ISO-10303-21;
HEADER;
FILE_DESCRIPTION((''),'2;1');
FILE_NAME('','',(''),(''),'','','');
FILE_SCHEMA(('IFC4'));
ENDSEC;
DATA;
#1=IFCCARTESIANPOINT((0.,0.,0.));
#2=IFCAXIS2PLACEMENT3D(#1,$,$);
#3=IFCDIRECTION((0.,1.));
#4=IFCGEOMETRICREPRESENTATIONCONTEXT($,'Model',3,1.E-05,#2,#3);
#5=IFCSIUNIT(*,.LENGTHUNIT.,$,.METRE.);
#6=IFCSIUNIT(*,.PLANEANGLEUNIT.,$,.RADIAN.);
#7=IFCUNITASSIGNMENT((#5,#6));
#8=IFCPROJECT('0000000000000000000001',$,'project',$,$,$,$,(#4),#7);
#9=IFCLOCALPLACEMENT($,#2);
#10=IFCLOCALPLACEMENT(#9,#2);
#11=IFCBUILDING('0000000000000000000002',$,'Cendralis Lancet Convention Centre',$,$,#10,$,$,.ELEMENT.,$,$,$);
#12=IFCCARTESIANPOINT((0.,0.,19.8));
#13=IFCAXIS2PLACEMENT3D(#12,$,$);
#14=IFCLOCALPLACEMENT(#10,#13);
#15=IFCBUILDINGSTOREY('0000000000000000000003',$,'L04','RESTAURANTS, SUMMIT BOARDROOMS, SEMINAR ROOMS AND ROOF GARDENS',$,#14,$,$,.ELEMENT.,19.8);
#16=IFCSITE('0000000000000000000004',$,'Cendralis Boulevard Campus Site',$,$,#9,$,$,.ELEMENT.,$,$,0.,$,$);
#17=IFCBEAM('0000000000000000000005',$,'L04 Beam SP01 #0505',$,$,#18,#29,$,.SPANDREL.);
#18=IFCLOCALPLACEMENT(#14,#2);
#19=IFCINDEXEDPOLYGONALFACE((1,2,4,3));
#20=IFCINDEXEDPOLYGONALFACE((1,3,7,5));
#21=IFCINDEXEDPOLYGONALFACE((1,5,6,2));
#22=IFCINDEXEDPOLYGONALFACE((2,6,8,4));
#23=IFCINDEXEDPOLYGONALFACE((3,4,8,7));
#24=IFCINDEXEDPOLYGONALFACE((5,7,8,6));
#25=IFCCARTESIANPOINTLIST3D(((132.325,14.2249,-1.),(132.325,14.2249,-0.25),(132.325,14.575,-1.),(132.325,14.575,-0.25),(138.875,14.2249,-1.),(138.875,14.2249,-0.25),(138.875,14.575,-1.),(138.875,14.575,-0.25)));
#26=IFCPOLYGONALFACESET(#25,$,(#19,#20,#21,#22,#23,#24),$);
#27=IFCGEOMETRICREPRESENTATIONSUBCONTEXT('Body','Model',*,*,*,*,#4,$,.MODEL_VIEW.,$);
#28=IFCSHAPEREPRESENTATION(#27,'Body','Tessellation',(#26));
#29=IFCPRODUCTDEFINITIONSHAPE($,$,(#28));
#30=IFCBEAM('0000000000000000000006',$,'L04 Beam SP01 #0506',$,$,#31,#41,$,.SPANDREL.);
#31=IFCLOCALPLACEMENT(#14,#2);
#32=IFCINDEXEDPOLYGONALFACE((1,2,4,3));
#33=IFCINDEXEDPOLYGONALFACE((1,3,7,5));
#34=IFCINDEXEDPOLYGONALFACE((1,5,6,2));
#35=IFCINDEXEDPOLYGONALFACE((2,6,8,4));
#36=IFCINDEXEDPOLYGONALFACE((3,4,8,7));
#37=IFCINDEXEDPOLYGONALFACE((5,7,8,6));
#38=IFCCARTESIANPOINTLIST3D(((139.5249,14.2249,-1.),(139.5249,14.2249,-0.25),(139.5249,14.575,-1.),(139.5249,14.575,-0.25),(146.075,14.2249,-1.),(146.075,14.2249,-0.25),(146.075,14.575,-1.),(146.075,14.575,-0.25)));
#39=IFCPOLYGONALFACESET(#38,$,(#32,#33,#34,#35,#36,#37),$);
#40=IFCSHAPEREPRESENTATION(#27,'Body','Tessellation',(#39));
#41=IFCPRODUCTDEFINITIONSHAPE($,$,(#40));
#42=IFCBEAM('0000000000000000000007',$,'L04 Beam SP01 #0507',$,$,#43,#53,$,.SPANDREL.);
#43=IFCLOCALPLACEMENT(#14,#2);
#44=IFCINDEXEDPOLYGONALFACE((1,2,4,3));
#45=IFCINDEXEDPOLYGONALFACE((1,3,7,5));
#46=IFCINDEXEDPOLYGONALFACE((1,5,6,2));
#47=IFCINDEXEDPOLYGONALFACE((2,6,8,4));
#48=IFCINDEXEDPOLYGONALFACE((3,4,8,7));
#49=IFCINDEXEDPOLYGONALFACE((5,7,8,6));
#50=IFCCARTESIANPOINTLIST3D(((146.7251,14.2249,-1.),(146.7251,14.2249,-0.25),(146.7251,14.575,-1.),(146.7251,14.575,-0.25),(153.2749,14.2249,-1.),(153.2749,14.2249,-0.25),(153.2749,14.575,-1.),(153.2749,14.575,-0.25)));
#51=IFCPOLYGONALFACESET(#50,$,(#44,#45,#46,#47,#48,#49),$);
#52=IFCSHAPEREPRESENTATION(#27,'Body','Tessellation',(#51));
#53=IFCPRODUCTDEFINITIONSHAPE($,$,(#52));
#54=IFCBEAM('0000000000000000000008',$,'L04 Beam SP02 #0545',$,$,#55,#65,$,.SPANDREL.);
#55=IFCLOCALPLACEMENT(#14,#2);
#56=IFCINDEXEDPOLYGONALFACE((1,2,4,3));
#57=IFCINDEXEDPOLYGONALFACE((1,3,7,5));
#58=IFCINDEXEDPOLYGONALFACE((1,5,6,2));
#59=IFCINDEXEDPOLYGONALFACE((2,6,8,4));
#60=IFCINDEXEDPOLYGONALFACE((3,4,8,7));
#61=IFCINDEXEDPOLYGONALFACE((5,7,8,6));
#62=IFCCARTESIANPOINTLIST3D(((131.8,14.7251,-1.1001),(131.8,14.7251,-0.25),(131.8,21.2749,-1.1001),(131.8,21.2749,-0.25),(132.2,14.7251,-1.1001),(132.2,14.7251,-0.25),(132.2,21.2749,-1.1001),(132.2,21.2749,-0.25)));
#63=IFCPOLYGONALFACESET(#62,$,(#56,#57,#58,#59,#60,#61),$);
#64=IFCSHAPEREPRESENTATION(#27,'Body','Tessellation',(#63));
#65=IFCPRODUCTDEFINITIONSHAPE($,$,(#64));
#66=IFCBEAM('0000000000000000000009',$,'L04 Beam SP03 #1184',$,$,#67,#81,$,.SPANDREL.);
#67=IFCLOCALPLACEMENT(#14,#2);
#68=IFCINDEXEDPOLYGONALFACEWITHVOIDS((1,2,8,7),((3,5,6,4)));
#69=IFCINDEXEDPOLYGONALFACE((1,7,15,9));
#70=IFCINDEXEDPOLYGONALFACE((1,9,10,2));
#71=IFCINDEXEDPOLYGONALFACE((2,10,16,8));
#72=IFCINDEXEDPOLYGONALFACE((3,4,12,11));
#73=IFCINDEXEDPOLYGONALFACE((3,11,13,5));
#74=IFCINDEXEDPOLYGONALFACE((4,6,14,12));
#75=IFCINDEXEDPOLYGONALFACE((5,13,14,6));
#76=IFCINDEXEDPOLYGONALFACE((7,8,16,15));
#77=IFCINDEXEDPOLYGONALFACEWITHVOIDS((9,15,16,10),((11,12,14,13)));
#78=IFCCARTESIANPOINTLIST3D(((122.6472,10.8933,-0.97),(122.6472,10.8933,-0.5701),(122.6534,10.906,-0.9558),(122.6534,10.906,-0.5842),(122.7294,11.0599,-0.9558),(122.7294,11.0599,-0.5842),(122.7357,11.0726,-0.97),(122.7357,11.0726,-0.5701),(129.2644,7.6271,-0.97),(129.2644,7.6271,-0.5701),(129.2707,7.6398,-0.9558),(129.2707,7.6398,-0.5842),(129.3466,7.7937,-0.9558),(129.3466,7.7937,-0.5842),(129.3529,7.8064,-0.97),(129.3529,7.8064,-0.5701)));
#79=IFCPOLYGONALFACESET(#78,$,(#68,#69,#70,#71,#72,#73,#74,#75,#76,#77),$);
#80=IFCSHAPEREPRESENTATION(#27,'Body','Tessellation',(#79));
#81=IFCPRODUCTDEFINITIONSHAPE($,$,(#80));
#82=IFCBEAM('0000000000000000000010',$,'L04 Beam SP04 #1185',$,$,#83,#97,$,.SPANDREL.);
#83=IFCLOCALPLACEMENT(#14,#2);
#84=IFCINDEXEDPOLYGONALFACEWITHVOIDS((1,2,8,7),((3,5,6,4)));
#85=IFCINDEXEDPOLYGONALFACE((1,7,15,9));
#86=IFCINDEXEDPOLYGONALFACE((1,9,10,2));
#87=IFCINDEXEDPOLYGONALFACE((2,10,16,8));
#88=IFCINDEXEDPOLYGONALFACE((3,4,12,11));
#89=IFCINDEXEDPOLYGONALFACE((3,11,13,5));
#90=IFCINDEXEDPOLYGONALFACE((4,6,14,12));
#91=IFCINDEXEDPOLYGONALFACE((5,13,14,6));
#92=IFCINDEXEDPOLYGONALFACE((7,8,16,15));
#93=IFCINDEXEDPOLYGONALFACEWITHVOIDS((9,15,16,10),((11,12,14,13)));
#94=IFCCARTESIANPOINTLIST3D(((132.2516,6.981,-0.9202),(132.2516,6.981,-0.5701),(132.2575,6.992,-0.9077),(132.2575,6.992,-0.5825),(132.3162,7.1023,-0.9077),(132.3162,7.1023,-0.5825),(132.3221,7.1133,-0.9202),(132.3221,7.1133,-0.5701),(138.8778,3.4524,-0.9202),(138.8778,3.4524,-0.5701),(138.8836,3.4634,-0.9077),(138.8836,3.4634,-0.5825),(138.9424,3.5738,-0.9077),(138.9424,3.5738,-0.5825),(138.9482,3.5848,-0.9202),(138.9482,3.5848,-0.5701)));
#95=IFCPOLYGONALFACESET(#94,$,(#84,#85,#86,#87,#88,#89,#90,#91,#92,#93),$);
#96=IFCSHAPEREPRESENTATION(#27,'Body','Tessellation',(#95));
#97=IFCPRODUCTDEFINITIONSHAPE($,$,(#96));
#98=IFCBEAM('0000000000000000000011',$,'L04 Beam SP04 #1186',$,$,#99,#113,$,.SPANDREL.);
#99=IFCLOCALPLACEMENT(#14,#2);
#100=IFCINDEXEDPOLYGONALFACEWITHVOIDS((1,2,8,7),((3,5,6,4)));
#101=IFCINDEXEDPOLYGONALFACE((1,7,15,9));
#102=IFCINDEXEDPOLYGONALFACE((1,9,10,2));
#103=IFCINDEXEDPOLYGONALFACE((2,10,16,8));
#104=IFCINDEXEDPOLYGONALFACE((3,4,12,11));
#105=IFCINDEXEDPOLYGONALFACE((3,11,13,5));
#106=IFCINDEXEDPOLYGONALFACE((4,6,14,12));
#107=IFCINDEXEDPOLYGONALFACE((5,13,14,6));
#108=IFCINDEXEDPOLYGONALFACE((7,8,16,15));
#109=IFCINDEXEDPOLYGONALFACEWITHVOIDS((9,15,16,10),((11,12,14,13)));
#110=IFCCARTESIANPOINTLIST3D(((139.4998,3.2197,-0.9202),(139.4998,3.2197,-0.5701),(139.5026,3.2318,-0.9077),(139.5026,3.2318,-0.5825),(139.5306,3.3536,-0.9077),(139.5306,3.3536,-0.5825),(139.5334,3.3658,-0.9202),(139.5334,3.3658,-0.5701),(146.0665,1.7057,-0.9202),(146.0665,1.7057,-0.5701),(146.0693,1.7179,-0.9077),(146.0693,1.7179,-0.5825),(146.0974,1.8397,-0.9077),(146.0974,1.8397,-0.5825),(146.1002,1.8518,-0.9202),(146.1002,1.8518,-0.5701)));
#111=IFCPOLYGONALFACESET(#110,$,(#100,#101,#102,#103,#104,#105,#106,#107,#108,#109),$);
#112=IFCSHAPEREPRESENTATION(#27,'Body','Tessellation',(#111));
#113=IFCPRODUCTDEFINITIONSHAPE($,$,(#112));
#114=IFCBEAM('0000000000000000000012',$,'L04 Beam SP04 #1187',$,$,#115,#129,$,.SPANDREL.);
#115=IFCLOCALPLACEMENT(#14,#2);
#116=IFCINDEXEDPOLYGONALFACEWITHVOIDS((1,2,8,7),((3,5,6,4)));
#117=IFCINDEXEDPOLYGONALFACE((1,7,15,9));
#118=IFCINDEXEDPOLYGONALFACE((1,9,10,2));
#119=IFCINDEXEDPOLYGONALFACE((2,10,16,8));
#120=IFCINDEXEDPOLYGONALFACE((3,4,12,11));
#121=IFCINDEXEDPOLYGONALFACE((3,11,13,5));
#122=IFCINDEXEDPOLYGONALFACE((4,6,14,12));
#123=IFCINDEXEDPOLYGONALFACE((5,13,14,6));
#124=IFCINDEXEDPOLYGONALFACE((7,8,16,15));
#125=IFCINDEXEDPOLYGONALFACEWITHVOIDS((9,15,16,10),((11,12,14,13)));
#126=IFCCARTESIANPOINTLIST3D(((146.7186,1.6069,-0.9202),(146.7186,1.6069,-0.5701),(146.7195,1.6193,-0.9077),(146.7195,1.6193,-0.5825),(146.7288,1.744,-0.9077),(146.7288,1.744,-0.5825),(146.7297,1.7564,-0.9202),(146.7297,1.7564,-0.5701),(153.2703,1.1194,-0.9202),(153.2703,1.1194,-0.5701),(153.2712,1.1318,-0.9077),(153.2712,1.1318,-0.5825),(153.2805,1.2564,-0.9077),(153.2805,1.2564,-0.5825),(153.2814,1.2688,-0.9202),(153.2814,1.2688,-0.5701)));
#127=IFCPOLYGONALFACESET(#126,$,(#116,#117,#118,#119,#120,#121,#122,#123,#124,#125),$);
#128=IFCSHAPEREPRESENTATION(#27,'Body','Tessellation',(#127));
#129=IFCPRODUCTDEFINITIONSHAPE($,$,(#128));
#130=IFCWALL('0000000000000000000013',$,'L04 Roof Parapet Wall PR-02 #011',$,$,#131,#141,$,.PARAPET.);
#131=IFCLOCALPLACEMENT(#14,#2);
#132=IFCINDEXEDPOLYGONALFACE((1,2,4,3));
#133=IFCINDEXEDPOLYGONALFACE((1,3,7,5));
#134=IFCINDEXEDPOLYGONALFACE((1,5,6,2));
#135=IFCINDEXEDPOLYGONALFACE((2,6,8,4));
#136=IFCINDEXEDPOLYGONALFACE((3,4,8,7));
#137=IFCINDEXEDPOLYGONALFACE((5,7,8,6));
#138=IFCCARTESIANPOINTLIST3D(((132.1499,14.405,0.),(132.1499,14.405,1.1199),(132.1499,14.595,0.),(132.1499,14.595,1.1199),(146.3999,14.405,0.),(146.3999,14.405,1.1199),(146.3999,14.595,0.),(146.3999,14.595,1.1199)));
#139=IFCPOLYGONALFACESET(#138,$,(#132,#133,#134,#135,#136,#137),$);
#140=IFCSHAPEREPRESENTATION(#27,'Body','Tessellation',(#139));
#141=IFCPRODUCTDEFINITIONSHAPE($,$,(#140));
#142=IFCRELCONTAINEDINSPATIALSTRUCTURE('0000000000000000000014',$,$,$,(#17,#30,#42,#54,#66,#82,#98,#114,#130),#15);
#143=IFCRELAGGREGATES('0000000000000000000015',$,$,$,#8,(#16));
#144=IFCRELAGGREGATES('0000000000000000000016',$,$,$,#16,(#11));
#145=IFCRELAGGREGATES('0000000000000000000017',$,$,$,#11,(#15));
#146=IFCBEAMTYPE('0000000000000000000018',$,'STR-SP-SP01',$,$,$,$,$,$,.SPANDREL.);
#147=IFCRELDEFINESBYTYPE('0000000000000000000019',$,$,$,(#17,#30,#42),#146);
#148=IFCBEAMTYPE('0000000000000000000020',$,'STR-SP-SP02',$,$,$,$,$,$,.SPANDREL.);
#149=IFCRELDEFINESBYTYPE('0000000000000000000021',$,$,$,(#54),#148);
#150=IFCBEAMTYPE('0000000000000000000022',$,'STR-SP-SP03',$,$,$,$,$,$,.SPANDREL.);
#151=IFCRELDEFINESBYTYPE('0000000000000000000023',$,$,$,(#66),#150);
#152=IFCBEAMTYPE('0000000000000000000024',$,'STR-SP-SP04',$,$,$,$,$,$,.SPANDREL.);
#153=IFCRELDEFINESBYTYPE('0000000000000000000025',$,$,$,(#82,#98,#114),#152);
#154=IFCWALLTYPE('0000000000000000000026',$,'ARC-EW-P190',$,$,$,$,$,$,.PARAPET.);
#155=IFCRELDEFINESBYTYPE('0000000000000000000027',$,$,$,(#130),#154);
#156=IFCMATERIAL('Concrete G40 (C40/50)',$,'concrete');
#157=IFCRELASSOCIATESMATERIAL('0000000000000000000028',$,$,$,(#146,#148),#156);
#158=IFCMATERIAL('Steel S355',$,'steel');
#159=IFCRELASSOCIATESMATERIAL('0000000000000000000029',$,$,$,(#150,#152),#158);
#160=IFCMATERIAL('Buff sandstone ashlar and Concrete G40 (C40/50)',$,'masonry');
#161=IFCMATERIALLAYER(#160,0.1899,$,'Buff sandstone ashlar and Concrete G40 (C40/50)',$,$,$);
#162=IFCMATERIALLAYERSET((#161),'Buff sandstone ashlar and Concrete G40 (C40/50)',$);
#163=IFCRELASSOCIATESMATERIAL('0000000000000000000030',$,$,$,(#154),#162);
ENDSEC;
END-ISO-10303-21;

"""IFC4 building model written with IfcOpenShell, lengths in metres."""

from ifc_helpers import new_model, si_unit, direction, frame, frame_2d, origin, origin_2d, place, context, subcontext, project, spatial, rectangle, hollow_rectangle, extrude, material, layer, layer_set, material_profile, profile_set, type_object, element, save


model = new_model("IFC4")

# Units and contexts
model_context = context("Model", 3, precision=1e-05, world=origin(), true_north=direction((0.0, 1.0)))
body_context = subcontext(model_context, "Body", "Model", "MODEL_VIEW")
ifc_project = project(units=[si_unit("LENGTHUNIT", "METRE"), si_unit("PLANEANGLEUNIT", "RADIAN")], contexts=[model_context])

# Site, building, storey
site_placement = place(None, origin())
site = spatial("IfcSite", under=ifc_project, at=site_placement, Name="Cendralis Boulevard Campus Site", CompositionType="ELEMENT", RefElevation=0.0)
building_placement = place(site_placement, origin())
building = spatial("IfcBuilding", under=site, at=building_placement, Name="Cendralis Lancet Convention Centre", CompositionType="ELEMENT")
storey_placement = place(building_placement, frame((0.0, 0.0, 19.8)))
storey = spatial("IfcBuildingStorey", under=building, at=storey_placement, Name="L04", Description="RESTAURANTS, SUMMIT BOARDROOMS, SEMINAR ROOMS AND ROOF GARDENS", CompositionType="ELEMENT", Elevation=19.8)

# Shared definitions
ifc_material_1 = material(Name="Concrete G40 (C40/50)", Category="concrete")

# Beams
ifc_material_2 = material(Name="Steel S355", Category="steel")
ifc_material_profile_1 = material_profile(ifc_material_1, rectangle(XDim=0.3501, YDim=0.75, at=origin_2d()), Name="RCB 350x750")
ifc_profile_set_1 = profile_set([ifc_material_profile_1], Name="Concrete G40 (C40/50)")
beam_type_1 = type_object("IfcBeamType", Name="STR-SP-SP01", PredefinedType="SPANDREL", material=ifc_profile_set_1)
for number, where, z_axis, x_axis, name in (
    (1, (132.325, 14.3999, -0.625), (1.0, 0.0, 0.0), (0.0, 1.0, 0.0), "L04 Beam SP01 #0505"),
    (2, (139.5249, 14.3999, -0.625), (1.0, 0.0, 0.0), (0.0, 1.0, 0.0), "L04 Beam SP01 #0506"),
):
    element("IfcBeam", number, at=place(storey_placement, frame(where, z_axis=z_axis, x_axis=x_axis)), inside=storey, type_object=beam_type_1, Name=name, PredefinedType="SPANDREL", context=body_context, shape_type="SweptSolid", body=[
        extrude(rectangle(XDim=0.3501, YDim=0.75, at=origin_2d()), origin(), (0.0, 0.0, 1.0), 6.55),
    ])
beam_1_placement = place(storey_placement, frame((146.7251, 14.3999, -0.625), z_axis=(1.0, 0.0, 0.0), x_axis=(0.0, 1.0, 0.0)))
element("IfcBeam", 3, at=beam_1_placement, inside=storey, type_object=beam_type_1, Name="L04 Beam SP01 #0507", PredefinedType="SPANDREL", context=body_context, shape_type="SweptSolid", body=[
    extrude(rectangle(XDim=0.3501, YDim=0.75, at=origin_2d()), origin(), (0.0, 0.0, 1.0), 6.5498),
])
ifc_material_profile_2 = material_profile(ifc_material_1, rectangle(XDim=0.3999, YDim=0.8501, at=origin_2d()), Name="RCB 400x850")
ifc_profile_set_2 = profile_set([ifc_material_profile_2], Name="Concrete G40 (C40/50)")
beam_type_2 = type_object("IfcBeamType", Name="STR-SP-SP02", PredefinedType="SPANDREL", material=ifc_profile_set_2)
beam_2_placement = place(storey_placement, frame((132.0, 14.7251, -0.675), z_axis=(0.0, 1.0, 0.0), x_axis=(-1.0, 0.0, 0.0)))
element("IfcBeam", 4, at=beam_2_placement, inside=storey, type_object=beam_type_2, Name="L04 Beam SP02 #0545", PredefinedType="SPANDREL", context=body_context, shape_type="SweptSolid", body=[
    extrude(rectangle(XDim=0.3999, YDim=0.8501, at=origin_2d()), origin(), (0.0, 0.0, 1.0), 6.5498),
])
ifc_material_profile_3 = material_profile(ifc_material_2, hollow_rectangle(XDim=0.2, YDim=0.3999, WallThickness=0.0142, at=origin_2d()), Name="RHS 400x200x14.2")
ifc_profile_set_3 = profile_set([ifc_material_profile_3], Name="Steel S355")
beam_type_3 = type_object("IfcBeamType", Name="STR-SP-SP03", PredefinedType="SPANDREL", material=ifc_profile_set_3)
beam_3_placement = place(storey_placement, frame((122.6914, 10.9829, -0.77), z_axis=(0.896718, -0.442602, 0.0), x_axis=(0.442602, 0.896718, 0.0)))
element("IfcBeam", 5, at=beam_3_placement, inside=storey, type_object=beam_type_3, Name="L04 Beam SP03 #1184", PredefinedType="SPANDREL", context=body_context, shape_type="SweptSolid", body=[
    extrude(hollow_rectangle(XDim=0.2, YDim=0.3999, WallThickness=0.0142, at=origin_2d()), origin(), (0.0, 0.0, 1.0), 7.3794),
])
ifc_material_profile_4 = material_profile(ifc_material_2, hollow_rectangle(XDim=0.1499, YDim=0.3501, WallThickness=0.0125, at=origin_2d()), Name="RHS 350x150x12.5")
ifc_profile_set_4 = profile_set([ifc_material_profile_4], Name="Steel S355")
beam_type_4 = type_object("IfcBeamType", Name="STR-SP-SP04", PredefinedType="SPANDREL", material=ifc_profile_set_4)
beam_4_placement = place(storey_placement, frame((132.2869, 7.0471, -0.7451), z_axis=(0.882653, -0.470026, 0.0), x_axis=(0.470026, 0.882653, 0.0)))
element("IfcBeam", 6, at=beam_4_placement, inside=storey, type_object=beam_type_4, Name="L04 Beam SP04 #1185", PredefinedType="SPANDREL", context=body_context, shape_type="SweptSolid", body=[
    extrude(hollow_rectangle(XDim=0.1499, YDim=0.3501, WallThickness=0.0125, at=origin_2d()), origin(), (0.0, 0.0, 1.0), 7.5071),
])
beam_5_placement = place(storey_placement, frame((139.5166, 3.2927, -0.7451), z_axis=(0.974439, -0.224653, 0.0), x_axis=(0.224653, 0.974439, 0.0)))
element("IfcBeam", 7, at=beam_5_placement, inside=storey, type_object=beam_type_4, Name="L04 Beam SP04 #1186", PredefinedType="SPANDREL", context=body_context, shape_type="SweptSolid", body=[
    extrude(hollow_rectangle(XDim=0.1499, YDim=0.3501, WallThickness=0.0125, at=origin_2d()), origin(), (0.0, 0.0, 1.0), 6.739),
])
beam_6_placement = place(storey_placement, frame((146.7241, 1.6816, -0.7451), z_axis=(0.997243, -0.07421, 0.0), x_axis=(0.07421, 0.997243, 0.0)))
element("IfcBeam", 8, at=beam_6_placement, inside=storey, type_object=beam_type_4, Name="L04 Beam SP04 #1187", PredefinedType="SPANDREL", context=body_context, shape_type="SweptSolid", body=[
    extrude(hollow_rectangle(XDim=0.1499, YDim=0.3501, WallThickness=0.0125, at=origin_2d()), origin(), (0.0, 0.0, 1.0), 6.5698),
])

# Wall
ifc_material_3 = material(Name="Buff sandstone ashlar and Concrete G40 (C40/50)", Category="masonry")
ifc_layer_1 = layer(ifc_material_3, 0.1899, Name="Buff sandstone ashlar and Concrete G40 (C40/50)")
ifc_layer_set_1 = layer_set([ifc_layer_1], Name="Buff sandstone ashlar and Concrete G40 (C40/50)")
wall_type_1 = type_object("IfcWallType", Name="ARC-EW-P190", PredefinedType="PARAPET", material=ifc_layer_set_1)
wall_1_placement = place(storey_placement, frame((132.1499, 14.5, 0.0), z_axis=(0.0, 0.0, 1.0), x_axis=(1.0, 0.0, 0.0)))
element("IfcWall", 9, at=wall_1_placement, inside=storey, type_object=wall_type_1, Name="L04 Roof Parapet Wall PR-02 #011", PredefinedType="PARAPET", context=body_context, shape_type="SweptSolid", body=[
    extrude(rectangle(XDim=14.25, YDim=0.1899, at=frame_2d((7.125, 0.0))), origin(), (0.0, 0.0, 1.0), 1.1199),
])

save(model, "model.ifc")
